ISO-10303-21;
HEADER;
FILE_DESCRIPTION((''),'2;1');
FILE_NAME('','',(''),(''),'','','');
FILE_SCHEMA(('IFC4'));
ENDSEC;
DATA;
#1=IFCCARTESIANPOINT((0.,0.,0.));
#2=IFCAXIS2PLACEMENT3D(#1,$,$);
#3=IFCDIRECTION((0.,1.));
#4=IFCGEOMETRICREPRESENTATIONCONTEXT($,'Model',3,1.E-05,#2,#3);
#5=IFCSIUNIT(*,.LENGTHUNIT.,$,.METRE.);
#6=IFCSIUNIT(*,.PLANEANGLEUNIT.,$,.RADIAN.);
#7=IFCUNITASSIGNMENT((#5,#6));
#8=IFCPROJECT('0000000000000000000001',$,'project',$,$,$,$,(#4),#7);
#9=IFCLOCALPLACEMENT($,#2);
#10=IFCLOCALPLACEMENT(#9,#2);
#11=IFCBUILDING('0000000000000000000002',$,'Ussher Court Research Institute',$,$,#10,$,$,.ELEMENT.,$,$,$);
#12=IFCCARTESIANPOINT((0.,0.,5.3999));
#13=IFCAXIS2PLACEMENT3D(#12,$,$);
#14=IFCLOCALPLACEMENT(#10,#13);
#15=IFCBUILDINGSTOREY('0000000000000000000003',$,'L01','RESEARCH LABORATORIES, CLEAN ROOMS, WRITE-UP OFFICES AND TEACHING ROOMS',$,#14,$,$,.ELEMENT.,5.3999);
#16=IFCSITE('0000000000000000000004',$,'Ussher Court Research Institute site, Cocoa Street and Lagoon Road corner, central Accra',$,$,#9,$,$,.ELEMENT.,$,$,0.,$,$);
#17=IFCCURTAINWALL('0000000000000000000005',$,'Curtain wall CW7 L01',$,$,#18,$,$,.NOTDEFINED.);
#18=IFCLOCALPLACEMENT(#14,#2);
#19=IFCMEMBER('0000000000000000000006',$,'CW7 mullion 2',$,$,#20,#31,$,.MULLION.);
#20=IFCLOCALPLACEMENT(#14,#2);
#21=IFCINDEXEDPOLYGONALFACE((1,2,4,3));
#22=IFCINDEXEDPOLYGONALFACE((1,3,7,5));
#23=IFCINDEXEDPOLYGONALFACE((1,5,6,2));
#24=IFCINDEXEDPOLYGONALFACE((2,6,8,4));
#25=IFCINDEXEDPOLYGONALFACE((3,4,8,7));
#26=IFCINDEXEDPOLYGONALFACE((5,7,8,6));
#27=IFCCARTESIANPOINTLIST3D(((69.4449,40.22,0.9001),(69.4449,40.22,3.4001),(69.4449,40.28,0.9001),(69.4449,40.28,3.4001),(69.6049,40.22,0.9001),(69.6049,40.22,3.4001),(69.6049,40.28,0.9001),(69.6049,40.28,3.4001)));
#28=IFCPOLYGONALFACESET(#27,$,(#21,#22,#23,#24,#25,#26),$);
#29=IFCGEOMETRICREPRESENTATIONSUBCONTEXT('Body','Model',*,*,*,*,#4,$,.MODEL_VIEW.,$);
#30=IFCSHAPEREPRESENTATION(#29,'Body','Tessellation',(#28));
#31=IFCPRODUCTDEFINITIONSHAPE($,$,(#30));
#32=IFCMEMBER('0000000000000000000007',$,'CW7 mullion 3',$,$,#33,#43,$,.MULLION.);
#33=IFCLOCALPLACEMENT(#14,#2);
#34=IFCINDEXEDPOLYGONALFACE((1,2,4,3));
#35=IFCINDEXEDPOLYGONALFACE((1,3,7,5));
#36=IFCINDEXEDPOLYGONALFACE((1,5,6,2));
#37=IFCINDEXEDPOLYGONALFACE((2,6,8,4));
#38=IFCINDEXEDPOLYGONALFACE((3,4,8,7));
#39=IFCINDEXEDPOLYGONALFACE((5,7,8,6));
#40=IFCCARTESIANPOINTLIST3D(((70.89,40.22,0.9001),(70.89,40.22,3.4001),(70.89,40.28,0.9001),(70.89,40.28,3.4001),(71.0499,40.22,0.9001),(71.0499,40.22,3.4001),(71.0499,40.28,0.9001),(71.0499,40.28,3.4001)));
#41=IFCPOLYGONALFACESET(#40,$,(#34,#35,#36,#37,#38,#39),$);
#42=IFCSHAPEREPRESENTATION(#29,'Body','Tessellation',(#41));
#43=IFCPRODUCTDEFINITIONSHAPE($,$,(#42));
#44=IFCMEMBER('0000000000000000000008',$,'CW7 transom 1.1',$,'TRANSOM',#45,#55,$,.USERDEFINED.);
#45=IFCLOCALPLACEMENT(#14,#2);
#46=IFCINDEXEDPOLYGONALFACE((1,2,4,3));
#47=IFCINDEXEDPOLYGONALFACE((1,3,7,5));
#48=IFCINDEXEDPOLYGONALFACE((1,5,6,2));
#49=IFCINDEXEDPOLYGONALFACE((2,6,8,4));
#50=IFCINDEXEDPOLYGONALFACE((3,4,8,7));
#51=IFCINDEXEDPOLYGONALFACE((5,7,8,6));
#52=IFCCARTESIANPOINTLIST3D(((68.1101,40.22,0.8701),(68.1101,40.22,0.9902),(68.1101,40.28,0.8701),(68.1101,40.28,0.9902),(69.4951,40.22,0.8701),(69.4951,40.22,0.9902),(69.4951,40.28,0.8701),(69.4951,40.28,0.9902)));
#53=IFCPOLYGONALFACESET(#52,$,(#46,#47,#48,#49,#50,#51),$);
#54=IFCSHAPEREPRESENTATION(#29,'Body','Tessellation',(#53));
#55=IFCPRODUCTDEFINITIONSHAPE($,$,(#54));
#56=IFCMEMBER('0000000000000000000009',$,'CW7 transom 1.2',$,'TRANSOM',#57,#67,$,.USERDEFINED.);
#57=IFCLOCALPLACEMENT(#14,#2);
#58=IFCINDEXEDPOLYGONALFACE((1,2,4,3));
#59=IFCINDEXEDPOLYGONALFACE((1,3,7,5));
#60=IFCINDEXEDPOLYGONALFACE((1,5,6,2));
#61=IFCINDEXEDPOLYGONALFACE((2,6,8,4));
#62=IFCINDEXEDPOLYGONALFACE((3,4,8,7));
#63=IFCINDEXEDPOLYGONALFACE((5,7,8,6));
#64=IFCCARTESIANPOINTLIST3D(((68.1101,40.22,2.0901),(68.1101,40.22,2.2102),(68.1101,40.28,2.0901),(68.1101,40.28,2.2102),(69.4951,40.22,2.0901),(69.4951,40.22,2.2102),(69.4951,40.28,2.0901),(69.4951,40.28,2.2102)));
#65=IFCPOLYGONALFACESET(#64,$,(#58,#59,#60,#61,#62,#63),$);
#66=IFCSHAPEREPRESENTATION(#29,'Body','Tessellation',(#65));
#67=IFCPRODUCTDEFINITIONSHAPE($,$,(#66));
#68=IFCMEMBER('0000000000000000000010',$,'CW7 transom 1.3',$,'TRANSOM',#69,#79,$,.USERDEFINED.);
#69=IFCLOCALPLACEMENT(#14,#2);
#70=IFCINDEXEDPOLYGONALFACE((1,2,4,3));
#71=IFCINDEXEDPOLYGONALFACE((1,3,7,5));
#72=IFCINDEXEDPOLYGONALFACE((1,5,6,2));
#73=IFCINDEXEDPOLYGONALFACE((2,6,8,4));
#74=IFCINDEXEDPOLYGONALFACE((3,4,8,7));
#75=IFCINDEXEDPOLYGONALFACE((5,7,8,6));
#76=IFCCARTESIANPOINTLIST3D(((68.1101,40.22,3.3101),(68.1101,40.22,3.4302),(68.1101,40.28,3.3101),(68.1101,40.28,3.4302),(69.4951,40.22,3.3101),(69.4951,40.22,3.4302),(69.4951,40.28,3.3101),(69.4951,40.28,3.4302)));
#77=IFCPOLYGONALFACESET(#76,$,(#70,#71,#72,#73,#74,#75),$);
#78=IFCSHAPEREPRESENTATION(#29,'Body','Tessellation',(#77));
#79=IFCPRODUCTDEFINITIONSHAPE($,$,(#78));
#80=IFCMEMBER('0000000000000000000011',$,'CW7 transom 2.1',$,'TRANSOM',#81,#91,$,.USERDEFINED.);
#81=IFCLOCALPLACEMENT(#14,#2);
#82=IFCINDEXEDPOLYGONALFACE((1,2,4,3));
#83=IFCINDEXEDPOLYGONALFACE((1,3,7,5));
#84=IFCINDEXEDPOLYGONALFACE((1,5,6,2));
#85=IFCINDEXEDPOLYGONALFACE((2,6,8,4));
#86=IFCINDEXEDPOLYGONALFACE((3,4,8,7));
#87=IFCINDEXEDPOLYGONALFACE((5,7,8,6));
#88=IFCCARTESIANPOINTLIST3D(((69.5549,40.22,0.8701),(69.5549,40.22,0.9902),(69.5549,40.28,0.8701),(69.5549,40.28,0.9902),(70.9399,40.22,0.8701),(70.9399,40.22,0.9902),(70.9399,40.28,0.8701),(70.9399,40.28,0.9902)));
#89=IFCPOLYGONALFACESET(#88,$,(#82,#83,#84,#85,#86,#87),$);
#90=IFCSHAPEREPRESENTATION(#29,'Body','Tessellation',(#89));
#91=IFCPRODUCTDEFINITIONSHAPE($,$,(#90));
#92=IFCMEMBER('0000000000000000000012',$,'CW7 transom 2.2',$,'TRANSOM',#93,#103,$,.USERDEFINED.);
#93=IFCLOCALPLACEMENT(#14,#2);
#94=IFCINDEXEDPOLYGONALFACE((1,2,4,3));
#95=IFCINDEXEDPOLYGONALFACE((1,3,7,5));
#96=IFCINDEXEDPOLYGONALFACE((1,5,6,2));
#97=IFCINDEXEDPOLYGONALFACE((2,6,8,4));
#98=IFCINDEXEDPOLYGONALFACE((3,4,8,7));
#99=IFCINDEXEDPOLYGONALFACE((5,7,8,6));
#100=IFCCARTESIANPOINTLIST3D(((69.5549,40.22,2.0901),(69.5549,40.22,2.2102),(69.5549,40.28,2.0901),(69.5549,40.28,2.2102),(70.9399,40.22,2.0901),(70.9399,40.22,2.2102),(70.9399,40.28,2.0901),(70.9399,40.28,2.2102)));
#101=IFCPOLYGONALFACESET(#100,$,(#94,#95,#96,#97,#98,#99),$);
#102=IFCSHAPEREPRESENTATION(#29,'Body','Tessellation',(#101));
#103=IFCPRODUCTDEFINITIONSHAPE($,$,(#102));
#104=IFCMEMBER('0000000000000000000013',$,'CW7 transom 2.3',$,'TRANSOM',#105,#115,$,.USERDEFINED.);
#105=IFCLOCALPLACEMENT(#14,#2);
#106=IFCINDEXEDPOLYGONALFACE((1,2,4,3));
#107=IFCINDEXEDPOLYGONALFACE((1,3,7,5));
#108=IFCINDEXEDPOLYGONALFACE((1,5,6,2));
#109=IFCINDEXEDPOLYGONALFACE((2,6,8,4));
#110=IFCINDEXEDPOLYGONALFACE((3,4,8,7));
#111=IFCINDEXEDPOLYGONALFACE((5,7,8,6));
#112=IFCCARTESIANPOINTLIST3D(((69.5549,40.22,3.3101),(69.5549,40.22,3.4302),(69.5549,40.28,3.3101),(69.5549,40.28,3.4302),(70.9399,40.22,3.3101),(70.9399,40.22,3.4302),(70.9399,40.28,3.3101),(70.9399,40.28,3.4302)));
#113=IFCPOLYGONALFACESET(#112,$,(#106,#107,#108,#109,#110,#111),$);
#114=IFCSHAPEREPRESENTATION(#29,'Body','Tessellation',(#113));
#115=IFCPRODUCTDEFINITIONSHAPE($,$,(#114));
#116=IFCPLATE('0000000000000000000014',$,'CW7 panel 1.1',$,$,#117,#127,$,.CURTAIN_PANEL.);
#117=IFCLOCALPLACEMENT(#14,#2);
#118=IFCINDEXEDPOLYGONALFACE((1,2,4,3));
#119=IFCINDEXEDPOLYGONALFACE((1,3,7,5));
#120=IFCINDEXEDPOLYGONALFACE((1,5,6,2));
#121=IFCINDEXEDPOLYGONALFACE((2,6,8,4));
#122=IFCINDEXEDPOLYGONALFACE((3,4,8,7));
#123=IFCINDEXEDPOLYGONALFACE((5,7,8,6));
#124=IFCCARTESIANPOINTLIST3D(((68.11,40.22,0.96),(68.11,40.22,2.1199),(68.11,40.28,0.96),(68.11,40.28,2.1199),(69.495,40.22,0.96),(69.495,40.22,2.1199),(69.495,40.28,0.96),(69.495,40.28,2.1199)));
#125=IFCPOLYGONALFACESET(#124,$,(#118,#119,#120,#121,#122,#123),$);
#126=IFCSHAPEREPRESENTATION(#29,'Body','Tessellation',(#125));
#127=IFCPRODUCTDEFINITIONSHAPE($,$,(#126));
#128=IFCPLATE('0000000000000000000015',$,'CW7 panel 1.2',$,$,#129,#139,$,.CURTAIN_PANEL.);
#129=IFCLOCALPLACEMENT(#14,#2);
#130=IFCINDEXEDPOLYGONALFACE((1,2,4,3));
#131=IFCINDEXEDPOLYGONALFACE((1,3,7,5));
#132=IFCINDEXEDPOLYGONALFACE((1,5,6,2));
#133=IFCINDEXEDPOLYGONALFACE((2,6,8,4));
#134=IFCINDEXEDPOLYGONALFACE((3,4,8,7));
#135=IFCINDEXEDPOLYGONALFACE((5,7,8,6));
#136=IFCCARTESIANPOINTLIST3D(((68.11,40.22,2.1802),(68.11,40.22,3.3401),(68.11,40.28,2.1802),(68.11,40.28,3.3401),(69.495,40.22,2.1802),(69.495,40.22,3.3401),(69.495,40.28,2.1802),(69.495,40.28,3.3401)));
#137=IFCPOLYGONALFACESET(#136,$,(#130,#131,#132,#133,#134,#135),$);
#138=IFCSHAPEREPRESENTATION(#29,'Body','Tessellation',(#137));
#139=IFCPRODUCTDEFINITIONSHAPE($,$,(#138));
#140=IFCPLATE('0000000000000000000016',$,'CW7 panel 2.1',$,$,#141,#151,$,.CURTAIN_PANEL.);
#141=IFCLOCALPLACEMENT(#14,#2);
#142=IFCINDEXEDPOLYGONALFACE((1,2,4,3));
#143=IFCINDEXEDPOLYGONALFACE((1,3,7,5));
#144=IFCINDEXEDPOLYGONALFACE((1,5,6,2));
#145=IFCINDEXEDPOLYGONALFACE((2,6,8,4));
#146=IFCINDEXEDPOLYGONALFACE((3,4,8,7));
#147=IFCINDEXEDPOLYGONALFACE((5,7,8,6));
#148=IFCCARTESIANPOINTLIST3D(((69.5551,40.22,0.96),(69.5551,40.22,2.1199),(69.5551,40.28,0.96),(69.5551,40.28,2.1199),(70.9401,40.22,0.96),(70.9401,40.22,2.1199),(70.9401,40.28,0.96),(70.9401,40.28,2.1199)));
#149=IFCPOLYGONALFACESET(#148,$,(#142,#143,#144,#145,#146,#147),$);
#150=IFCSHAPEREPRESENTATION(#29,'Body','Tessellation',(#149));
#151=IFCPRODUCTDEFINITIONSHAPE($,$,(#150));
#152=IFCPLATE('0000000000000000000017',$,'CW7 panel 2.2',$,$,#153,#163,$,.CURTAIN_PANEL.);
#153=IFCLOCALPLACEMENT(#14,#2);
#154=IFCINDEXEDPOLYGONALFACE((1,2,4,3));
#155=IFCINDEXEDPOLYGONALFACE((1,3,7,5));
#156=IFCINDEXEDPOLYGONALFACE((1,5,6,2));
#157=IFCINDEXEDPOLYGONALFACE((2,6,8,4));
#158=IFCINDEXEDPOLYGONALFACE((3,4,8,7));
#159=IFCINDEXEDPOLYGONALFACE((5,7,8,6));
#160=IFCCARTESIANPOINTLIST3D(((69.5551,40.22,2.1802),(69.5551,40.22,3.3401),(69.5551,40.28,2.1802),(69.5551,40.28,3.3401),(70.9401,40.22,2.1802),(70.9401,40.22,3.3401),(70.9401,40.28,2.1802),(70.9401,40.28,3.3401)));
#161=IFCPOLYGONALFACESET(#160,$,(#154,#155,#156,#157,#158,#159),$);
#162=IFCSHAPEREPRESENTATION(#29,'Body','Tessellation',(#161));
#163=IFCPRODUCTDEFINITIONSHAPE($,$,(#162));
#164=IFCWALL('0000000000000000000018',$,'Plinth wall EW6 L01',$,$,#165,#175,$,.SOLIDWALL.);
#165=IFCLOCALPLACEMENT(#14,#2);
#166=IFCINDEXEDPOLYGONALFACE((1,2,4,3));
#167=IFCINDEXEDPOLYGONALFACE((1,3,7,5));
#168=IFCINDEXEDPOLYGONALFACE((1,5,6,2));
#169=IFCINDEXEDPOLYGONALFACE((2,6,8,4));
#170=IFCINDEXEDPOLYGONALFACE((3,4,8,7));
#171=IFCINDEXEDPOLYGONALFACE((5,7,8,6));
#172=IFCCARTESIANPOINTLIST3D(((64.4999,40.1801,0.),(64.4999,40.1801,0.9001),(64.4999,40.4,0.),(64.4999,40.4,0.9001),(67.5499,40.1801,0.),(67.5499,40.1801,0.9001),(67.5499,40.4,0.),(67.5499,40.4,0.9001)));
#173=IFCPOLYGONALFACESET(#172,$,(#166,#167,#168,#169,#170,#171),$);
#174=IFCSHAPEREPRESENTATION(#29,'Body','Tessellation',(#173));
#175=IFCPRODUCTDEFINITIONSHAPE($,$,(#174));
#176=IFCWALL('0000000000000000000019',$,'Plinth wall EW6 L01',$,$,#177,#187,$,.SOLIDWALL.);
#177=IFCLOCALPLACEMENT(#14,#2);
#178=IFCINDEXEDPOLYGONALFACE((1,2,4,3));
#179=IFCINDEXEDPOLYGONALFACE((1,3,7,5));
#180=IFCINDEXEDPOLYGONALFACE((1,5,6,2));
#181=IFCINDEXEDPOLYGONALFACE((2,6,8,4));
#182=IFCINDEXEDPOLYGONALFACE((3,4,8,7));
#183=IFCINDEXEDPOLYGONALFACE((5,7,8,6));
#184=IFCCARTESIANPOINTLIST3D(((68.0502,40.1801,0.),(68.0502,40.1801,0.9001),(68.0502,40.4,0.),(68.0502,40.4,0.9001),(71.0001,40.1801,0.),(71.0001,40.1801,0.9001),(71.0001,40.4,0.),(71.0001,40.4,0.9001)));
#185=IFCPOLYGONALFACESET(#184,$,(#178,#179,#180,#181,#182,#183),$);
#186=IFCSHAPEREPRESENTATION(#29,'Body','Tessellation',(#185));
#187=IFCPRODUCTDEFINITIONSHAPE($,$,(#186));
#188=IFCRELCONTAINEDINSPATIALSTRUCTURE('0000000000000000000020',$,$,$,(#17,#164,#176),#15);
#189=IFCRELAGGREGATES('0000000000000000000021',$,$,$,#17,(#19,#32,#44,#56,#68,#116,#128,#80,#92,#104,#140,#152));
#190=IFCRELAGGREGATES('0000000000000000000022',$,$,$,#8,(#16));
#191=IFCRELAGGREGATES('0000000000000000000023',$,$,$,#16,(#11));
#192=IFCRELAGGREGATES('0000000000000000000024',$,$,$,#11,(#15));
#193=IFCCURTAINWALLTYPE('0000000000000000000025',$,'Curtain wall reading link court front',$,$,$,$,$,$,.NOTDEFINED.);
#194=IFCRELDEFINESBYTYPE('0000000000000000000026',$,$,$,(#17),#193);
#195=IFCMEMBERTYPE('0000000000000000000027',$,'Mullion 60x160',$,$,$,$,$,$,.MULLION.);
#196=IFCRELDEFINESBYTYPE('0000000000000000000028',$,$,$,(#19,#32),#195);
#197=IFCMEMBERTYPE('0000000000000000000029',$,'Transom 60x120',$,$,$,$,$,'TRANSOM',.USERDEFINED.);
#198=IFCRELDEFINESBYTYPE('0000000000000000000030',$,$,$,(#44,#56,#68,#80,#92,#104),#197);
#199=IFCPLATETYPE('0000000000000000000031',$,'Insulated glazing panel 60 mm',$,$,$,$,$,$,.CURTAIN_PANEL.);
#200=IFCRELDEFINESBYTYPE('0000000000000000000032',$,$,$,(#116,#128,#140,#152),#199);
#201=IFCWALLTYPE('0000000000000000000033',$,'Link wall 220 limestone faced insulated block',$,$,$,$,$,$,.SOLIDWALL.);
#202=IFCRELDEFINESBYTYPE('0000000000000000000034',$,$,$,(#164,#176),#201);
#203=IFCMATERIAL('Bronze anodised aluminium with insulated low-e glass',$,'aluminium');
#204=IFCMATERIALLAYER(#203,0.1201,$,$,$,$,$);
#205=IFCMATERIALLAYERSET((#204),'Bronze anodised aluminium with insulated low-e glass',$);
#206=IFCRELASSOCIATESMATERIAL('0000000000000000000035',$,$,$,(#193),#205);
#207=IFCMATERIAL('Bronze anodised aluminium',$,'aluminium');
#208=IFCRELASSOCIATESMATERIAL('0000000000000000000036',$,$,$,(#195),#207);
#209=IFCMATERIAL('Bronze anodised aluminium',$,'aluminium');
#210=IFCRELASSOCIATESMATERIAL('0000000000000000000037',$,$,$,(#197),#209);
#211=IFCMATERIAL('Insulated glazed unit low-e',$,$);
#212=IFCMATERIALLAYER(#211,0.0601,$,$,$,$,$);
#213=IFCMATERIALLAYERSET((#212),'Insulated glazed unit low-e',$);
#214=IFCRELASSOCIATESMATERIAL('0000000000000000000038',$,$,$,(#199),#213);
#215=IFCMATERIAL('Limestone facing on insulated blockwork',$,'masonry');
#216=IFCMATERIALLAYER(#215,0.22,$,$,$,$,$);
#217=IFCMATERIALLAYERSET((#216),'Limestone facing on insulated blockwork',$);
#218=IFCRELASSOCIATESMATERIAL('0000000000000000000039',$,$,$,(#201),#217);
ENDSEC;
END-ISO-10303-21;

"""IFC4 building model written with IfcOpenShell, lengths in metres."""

from ifc_helpers import new_model, si_unit, direction, frame, frame_2d, origin, origin_2d, place, context, subcontext, project, spatial, rectangle, extrude, material, layer, layer_set, material_profile, profile_set, type_object, element, aggregate, save


model = new_model("IFC4")

# Units and contexts
model_context = context("Model", 3, precision=1e-05, world=origin(), true_north=direction((0.0, 1.0)))
body_context = subcontext(model_context, "Body", "Model", "MODEL_VIEW")
ifc_project = project(units=[si_unit("LENGTHUNIT", "METRE"), si_unit("PLANEANGLEUNIT", "RADIAN")], contexts=[model_context])

# Site, building, storey
site_placement = place(None, origin())
site = spatial("IfcSite", under=ifc_project, at=site_placement, Name="Ussher Court Research Institute site, Cocoa Street and Lagoon Road corner, central Accra", CompositionType="ELEMENT", RefElevation=0.0)
building_placement = place(site_placement, origin())
building = spatial("IfcBuilding", under=site, at=building_placement, Name="Ussher Court Research Institute", CompositionType="ELEMENT")
storey_placement = place(building_placement, frame((0.0, 0.0, 5.3999)))
storey = spatial("IfcBuildingStorey", under=building, at=storey_placement, Name="L01", Description="RESEARCH LABORATORIES, CLEAN ROOMS, WRITE-UP OFFICES AND TEACHING ROOMS", CompositionType="ELEMENT", Elevation=5.3999)

# Curtain wall, members, plates
ifc_material_1 = material(Name="Bronze anodised aluminium with insulated low-e glass", Category="aluminium")
ifc_layer_1 = layer(ifc_material_1, 0.1201)
ifc_layer_set_1 = layer_set([ifc_layer_1], Name="Bronze anodised aluminium with insulated low-e glass")
curtain_wall_type = type_object("IfcCurtainWallType", Name="Curtain wall reading link court front", PredefinedType="NOTDEFINED", material=ifc_layer_set_1)
curtain_wall_placement = place(storey_placement, origin())
curtain_wall = element("IfcCurtainWall", 1, at=curtain_wall_placement, inside=storey, type_object=curtain_wall_type, Name="Curtain wall CW7 L01", PredefinedType="NOTDEFINED")
ifc_material_2 = material(Name="Bronze anodised aluminium", Category="aluminium")
ifc_material_profile_1 = material_profile(ifc_material_2, rectangle(XDim=0.0601, YDim=0.1599, at=origin_2d()), Name="Mullion 60x160")
ifc_profile_set_1 = profile_set([ifc_material_profile_1], Name="Bronze anodised aluminium")
member_type_1 = type_object("IfcMemberType", Name="Mullion 60x160", PredefinedType="MULLION", material=ifc_profile_set_1)
member_1_placement = place(storey_placement, frame((69.5249, 40.25, 0.9001), z_axis=(0.0, 0.0, 1.0), x_axis=(0.0, 1.0, 0.0)))
member_1 = element("IfcMember", 2, at=member_1_placement, type_object=member_type_1, Name="CW7 mullion 2", PredefinedType="MULLION", context=body_context, shape_type="SweptSolid", body=[
    extrude(rectangle(XDim=0.0601, YDim=0.1599, at=origin_2d()), origin(), (0.0, 0.0, 1.0), 2.5),
])
member_2_placement = place(storey_placement, frame((70.97, 40.25, 0.9001), z_axis=(0.0, 0.0, 1.0), x_axis=(0.0, 1.0, 0.0)))
member_2 = element("IfcMember", 3, at=member_2_placement, type_object=member_type_1, Name="CW7 mullion 3", PredefinedType="MULLION", context=body_context, shape_type="SweptSolid", body=[
    extrude(rectangle(XDim=0.0601, YDim=0.1599, at=origin_2d()), origin(), (0.0, 0.0, 1.0), 2.5),
])
ifc_material_3 = material(Name="Bronze anodised aluminium", Category="aluminium")
ifc_material_profile_2 = material_profile(ifc_material_3, rectangle(XDim=0.0601, YDim=0.1201, at=origin_2d()), Name="Transom 60x120")
ifc_profile_set_2 = profile_set([ifc_material_profile_2], Name="Bronze anodised aluminium")
member_type_2 = type_object("IfcMemberType", Name="Transom 60x120", ElementType="TRANSOM", PredefinedType="USERDEFINED", material=ifc_profile_set_2)
member_3_placement = place(storey_placement, frame((68.1101, 40.25, 0.9302), z_axis=(1.0, 0.0, 0.0), x_axis=(0.0, 1.0, 0.0)))
member_3 = element("IfcMember", 4, at=member_3_placement, type_object=member_type_2, Name="CW7 transom 1.1", ObjectType="TRANSOM", PredefinedType="USERDEFINED", context=body_context, shape_type="SweptSolid", body=[
    extrude(rectangle(XDim=0.0601, YDim=0.1201, at=origin_2d()), origin(), (0.0, 0.0, 1.0), 1.385),
])
member_4_placement = place(storey_placement, frame((68.1101, 40.25, 2.1501), z_axis=(1.0, 0.0, 0.0), x_axis=(0.0, 1.0, 0.0)))
member_4 = element("IfcMember", 5, at=member_4_placement, type_object=member_type_2, Name="CW7 transom 1.2", ObjectType="TRANSOM", PredefinedType="USERDEFINED", context=body_context, shape_type="SweptSolid", body=[
    extrude(rectangle(XDim=0.0601, YDim=0.1201, at=origin_2d()), origin(), (0.0, 0.0, 1.0), 1.385),
])
member_5_placement = place(storey_placement, frame((68.1101, 40.25, 3.3701), z_axis=(1.0, 0.0, 0.0), x_axis=(0.0, 1.0, 0.0)))
member_5 = element("IfcMember", 6, at=member_5_placement, type_object=member_type_2, Name="CW7 transom 1.3", ObjectType="TRANSOM", PredefinedType="USERDEFINED", context=body_context, shape_type="SweptSolid", body=[
    extrude(rectangle(XDim=0.0601, YDim=0.1201, at=origin_2d()), origin(), (0.0, 0.0, 1.0), 1.385),
])
member_6_placement = place(storey_placement, frame((69.5549, 40.25, 0.9302), z_axis=(1.0, 0.0, 0.0), x_axis=(0.0, 1.0, 0.0)))
member_6 = element("IfcMember", 7, at=member_6_placement, type_object=member_type_2, Name="CW7 transom 2.1", ObjectType="TRANSOM", PredefinedType="USERDEFINED", context=body_context, shape_type="SweptSolid", body=[
    extrude(rectangle(XDim=0.0601, YDim=0.1201, at=origin_2d()), origin(), (0.0, 0.0, 1.0), 1.385),
])
member_7_placement = place(storey_placement, frame((69.5549, 40.25, 2.1501), z_axis=(1.0, 0.0, 0.0), x_axis=(0.0, 1.0, 0.0)))
member_7 = element("IfcMember", 8, at=member_7_placement, type_object=member_type_2, Name="CW7 transom 2.2", ObjectType="TRANSOM", PredefinedType="USERDEFINED", context=body_context, shape_type="SweptSolid", body=[
    extrude(rectangle(XDim=0.0601, YDim=0.1201, at=origin_2d()), origin(), (0.0, 0.0, 1.0), 1.385),
])
member_8_placement = place(storey_placement, frame((69.5549, 40.25, 3.3701), z_axis=(1.0, 0.0, 0.0), x_axis=(0.0, 1.0, 0.0)))
member_8 = element("IfcMember", 9, at=member_8_placement, type_object=member_type_2, Name="CW7 transom 2.3", ObjectType="TRANSOM", PredefinedType="USERDEFINED", context=body_context, shape_type="SweptSolid", body=[
    extrude(rectangle(XDim=0.0601, YDim=0.1201, at=origin_2d()), origin(), (0.0, 0.0, 1.0), 1.385),
])
ifc_material_4 = material(Name="Insulated glazed unit low-e")
ifc_layer_2 = layer(ifc_material_4, 0.0601)
ifc_layer_set_2 = layer_set([ifc_layer_2], Name="Insulated glazed unit low-e")
plate_type = type_object("IfcPlateType", Name="Insulated glazing panel 60 mm", PredefinedType="CURTAIN_PANEL", material=ifc_layer_set_2)
plate_1_placement = place(storey_placement, frame((68.8025, 40.25, 0.96), z_axis=(0.0, 0.0, 1.0), x_axis=(1.0, 0.0, 0.0)))
plate_1 = element("IfcPlate", 10, at=plate_1_placement, type_object=plate_type, Name="CW7 panel 1.1", PredefinedType="CURTAIN_PANEL", context=body_context, shape_type="SweptSolid", body=[
    extrude(rectangle(XDim=1.385, YDim=0.0601, at=origin_2d()), origin(), (0.0, 0.0, 1.0), 1.1599),
])
plate_2_placement = place(storey_placement, frame((68.8025, 40.25, 2.1802), z_axis=(0.0, 0.0, 1.0), x_axis=(1.0, 0.0, 0.0)))
plate_2 = element("IfcPlate", 11, at=plate_2_placement, type_object=plate_type, Name="CW7 panel 1.2", PredefinedType="CURTAIN_PANEL", context=body_context, shape_type="SweptSolid", body=[
    extrude(rectangle(XDim=1.385, YDim=0.0601, at=origin_2d()), origin(), (0.0, 0.0, 1.0), 1.1599),
])
plate_3_placement = place(storey_placement, frame((70.2476, 40.25, 0.96), z_axis=(0.0, 0.0, 1.0), x_axis=(1.0, 0.0, 0.0)))
plate_3 = element("IfcPlate", 12, at=plate_3_placement, type_object=plate_type, Name="CW7 panel 2.1", PredefinedType="CURTAIN_PANEL", context=body_context, shape_type="SweptSolid", body=[
    extrude(rectangle(XDim=1.385, YDim=0.0601, at=origin_2d()), origin(), (0.0, 0.0, 1.0), 1.1599),
])
plate_4_placement = place(storey_placement, frame((70.2476, 40.25, 2.1802), z_axis=(0.0, 0.0, 1.0), x_axis=(1.0, 0.0, 0.0)))
plate_4 = element("IfcPlate", 13, at=plate_4_placement, type_object=plate_type, Name="CW7 panel 2.2", PredefinedType="CURTAIN_PANEL", context=body_context, shape_type="SweptSolid", body=[
    extrude(rectangle(XDim=1.385, YDim=0.0601, at=origin_2d()), origin(), (0.0, 0.0, 1.0), 1.1599),
])
aggregate(curtain_wall, [member_1, member_2, member_3, member_4, member_5, plate_1, plate_2, member_6, member_7, member_8, plate_3, plate_4])

# Walls
ifc_material_5 = material(Name="Limestone facing on insulated blockwork", Category="masonry")
ifc_layer_3 = layer(ifc_material_5, 0.22)
ifc_layer_set_3 = layer_set([ifc_layer_3], Name="Limestone facing on insulated blockwork")
wall_type = type_object("IfcWallType", Name="Link wall 220 limestone faced insulated block", PredefinedType="SOLIDWALL", material=ifc_layer_set_3)
wall_1_placement = place(storey_placement, frame((64.5, 40.29, 0.0), z_axis=(0.0, 0.0, 1.0), x_axis=(1.0, 0.0, 0.0)))
element("IfcWall", 14, at=wall_1_placement, inside=storey, type_object=wall_type, Name="Plinth wall EW6 L01", PredefinedType="SOLIDWALL", context=body_context, shape_type="SweptSolid", body=[
    extrude(rectangle(XDim=3.05, YDim=0.22, at=frame_2d((1.5249, 0.0))), origin(), (0.0, 0.0, 1.0), 0.9001),
])
wall_2_placement = place(storey_placement, frame((68.05, 40.29, 0.0), z_axis=(0.0, 0.0, 1.0), x_axis=(1.0, 0.0, 0.0)))
element("IfcWall", 15, at=wall_2_placement, inside=storey, type_object=wall_type, Name="Plinth wall EW6 L01", PredefinedType="SOLIDWALL", context=body_context, shape_type="SweptSolid", body=[
    extrude(rectangle(XDim=2.95, YDim=0.22, at=frame_2d((1.4751, 0.0))), origin(), (0.0, 0.0, 1.0), 0.9001),
])

save(model, "model.ifc")
